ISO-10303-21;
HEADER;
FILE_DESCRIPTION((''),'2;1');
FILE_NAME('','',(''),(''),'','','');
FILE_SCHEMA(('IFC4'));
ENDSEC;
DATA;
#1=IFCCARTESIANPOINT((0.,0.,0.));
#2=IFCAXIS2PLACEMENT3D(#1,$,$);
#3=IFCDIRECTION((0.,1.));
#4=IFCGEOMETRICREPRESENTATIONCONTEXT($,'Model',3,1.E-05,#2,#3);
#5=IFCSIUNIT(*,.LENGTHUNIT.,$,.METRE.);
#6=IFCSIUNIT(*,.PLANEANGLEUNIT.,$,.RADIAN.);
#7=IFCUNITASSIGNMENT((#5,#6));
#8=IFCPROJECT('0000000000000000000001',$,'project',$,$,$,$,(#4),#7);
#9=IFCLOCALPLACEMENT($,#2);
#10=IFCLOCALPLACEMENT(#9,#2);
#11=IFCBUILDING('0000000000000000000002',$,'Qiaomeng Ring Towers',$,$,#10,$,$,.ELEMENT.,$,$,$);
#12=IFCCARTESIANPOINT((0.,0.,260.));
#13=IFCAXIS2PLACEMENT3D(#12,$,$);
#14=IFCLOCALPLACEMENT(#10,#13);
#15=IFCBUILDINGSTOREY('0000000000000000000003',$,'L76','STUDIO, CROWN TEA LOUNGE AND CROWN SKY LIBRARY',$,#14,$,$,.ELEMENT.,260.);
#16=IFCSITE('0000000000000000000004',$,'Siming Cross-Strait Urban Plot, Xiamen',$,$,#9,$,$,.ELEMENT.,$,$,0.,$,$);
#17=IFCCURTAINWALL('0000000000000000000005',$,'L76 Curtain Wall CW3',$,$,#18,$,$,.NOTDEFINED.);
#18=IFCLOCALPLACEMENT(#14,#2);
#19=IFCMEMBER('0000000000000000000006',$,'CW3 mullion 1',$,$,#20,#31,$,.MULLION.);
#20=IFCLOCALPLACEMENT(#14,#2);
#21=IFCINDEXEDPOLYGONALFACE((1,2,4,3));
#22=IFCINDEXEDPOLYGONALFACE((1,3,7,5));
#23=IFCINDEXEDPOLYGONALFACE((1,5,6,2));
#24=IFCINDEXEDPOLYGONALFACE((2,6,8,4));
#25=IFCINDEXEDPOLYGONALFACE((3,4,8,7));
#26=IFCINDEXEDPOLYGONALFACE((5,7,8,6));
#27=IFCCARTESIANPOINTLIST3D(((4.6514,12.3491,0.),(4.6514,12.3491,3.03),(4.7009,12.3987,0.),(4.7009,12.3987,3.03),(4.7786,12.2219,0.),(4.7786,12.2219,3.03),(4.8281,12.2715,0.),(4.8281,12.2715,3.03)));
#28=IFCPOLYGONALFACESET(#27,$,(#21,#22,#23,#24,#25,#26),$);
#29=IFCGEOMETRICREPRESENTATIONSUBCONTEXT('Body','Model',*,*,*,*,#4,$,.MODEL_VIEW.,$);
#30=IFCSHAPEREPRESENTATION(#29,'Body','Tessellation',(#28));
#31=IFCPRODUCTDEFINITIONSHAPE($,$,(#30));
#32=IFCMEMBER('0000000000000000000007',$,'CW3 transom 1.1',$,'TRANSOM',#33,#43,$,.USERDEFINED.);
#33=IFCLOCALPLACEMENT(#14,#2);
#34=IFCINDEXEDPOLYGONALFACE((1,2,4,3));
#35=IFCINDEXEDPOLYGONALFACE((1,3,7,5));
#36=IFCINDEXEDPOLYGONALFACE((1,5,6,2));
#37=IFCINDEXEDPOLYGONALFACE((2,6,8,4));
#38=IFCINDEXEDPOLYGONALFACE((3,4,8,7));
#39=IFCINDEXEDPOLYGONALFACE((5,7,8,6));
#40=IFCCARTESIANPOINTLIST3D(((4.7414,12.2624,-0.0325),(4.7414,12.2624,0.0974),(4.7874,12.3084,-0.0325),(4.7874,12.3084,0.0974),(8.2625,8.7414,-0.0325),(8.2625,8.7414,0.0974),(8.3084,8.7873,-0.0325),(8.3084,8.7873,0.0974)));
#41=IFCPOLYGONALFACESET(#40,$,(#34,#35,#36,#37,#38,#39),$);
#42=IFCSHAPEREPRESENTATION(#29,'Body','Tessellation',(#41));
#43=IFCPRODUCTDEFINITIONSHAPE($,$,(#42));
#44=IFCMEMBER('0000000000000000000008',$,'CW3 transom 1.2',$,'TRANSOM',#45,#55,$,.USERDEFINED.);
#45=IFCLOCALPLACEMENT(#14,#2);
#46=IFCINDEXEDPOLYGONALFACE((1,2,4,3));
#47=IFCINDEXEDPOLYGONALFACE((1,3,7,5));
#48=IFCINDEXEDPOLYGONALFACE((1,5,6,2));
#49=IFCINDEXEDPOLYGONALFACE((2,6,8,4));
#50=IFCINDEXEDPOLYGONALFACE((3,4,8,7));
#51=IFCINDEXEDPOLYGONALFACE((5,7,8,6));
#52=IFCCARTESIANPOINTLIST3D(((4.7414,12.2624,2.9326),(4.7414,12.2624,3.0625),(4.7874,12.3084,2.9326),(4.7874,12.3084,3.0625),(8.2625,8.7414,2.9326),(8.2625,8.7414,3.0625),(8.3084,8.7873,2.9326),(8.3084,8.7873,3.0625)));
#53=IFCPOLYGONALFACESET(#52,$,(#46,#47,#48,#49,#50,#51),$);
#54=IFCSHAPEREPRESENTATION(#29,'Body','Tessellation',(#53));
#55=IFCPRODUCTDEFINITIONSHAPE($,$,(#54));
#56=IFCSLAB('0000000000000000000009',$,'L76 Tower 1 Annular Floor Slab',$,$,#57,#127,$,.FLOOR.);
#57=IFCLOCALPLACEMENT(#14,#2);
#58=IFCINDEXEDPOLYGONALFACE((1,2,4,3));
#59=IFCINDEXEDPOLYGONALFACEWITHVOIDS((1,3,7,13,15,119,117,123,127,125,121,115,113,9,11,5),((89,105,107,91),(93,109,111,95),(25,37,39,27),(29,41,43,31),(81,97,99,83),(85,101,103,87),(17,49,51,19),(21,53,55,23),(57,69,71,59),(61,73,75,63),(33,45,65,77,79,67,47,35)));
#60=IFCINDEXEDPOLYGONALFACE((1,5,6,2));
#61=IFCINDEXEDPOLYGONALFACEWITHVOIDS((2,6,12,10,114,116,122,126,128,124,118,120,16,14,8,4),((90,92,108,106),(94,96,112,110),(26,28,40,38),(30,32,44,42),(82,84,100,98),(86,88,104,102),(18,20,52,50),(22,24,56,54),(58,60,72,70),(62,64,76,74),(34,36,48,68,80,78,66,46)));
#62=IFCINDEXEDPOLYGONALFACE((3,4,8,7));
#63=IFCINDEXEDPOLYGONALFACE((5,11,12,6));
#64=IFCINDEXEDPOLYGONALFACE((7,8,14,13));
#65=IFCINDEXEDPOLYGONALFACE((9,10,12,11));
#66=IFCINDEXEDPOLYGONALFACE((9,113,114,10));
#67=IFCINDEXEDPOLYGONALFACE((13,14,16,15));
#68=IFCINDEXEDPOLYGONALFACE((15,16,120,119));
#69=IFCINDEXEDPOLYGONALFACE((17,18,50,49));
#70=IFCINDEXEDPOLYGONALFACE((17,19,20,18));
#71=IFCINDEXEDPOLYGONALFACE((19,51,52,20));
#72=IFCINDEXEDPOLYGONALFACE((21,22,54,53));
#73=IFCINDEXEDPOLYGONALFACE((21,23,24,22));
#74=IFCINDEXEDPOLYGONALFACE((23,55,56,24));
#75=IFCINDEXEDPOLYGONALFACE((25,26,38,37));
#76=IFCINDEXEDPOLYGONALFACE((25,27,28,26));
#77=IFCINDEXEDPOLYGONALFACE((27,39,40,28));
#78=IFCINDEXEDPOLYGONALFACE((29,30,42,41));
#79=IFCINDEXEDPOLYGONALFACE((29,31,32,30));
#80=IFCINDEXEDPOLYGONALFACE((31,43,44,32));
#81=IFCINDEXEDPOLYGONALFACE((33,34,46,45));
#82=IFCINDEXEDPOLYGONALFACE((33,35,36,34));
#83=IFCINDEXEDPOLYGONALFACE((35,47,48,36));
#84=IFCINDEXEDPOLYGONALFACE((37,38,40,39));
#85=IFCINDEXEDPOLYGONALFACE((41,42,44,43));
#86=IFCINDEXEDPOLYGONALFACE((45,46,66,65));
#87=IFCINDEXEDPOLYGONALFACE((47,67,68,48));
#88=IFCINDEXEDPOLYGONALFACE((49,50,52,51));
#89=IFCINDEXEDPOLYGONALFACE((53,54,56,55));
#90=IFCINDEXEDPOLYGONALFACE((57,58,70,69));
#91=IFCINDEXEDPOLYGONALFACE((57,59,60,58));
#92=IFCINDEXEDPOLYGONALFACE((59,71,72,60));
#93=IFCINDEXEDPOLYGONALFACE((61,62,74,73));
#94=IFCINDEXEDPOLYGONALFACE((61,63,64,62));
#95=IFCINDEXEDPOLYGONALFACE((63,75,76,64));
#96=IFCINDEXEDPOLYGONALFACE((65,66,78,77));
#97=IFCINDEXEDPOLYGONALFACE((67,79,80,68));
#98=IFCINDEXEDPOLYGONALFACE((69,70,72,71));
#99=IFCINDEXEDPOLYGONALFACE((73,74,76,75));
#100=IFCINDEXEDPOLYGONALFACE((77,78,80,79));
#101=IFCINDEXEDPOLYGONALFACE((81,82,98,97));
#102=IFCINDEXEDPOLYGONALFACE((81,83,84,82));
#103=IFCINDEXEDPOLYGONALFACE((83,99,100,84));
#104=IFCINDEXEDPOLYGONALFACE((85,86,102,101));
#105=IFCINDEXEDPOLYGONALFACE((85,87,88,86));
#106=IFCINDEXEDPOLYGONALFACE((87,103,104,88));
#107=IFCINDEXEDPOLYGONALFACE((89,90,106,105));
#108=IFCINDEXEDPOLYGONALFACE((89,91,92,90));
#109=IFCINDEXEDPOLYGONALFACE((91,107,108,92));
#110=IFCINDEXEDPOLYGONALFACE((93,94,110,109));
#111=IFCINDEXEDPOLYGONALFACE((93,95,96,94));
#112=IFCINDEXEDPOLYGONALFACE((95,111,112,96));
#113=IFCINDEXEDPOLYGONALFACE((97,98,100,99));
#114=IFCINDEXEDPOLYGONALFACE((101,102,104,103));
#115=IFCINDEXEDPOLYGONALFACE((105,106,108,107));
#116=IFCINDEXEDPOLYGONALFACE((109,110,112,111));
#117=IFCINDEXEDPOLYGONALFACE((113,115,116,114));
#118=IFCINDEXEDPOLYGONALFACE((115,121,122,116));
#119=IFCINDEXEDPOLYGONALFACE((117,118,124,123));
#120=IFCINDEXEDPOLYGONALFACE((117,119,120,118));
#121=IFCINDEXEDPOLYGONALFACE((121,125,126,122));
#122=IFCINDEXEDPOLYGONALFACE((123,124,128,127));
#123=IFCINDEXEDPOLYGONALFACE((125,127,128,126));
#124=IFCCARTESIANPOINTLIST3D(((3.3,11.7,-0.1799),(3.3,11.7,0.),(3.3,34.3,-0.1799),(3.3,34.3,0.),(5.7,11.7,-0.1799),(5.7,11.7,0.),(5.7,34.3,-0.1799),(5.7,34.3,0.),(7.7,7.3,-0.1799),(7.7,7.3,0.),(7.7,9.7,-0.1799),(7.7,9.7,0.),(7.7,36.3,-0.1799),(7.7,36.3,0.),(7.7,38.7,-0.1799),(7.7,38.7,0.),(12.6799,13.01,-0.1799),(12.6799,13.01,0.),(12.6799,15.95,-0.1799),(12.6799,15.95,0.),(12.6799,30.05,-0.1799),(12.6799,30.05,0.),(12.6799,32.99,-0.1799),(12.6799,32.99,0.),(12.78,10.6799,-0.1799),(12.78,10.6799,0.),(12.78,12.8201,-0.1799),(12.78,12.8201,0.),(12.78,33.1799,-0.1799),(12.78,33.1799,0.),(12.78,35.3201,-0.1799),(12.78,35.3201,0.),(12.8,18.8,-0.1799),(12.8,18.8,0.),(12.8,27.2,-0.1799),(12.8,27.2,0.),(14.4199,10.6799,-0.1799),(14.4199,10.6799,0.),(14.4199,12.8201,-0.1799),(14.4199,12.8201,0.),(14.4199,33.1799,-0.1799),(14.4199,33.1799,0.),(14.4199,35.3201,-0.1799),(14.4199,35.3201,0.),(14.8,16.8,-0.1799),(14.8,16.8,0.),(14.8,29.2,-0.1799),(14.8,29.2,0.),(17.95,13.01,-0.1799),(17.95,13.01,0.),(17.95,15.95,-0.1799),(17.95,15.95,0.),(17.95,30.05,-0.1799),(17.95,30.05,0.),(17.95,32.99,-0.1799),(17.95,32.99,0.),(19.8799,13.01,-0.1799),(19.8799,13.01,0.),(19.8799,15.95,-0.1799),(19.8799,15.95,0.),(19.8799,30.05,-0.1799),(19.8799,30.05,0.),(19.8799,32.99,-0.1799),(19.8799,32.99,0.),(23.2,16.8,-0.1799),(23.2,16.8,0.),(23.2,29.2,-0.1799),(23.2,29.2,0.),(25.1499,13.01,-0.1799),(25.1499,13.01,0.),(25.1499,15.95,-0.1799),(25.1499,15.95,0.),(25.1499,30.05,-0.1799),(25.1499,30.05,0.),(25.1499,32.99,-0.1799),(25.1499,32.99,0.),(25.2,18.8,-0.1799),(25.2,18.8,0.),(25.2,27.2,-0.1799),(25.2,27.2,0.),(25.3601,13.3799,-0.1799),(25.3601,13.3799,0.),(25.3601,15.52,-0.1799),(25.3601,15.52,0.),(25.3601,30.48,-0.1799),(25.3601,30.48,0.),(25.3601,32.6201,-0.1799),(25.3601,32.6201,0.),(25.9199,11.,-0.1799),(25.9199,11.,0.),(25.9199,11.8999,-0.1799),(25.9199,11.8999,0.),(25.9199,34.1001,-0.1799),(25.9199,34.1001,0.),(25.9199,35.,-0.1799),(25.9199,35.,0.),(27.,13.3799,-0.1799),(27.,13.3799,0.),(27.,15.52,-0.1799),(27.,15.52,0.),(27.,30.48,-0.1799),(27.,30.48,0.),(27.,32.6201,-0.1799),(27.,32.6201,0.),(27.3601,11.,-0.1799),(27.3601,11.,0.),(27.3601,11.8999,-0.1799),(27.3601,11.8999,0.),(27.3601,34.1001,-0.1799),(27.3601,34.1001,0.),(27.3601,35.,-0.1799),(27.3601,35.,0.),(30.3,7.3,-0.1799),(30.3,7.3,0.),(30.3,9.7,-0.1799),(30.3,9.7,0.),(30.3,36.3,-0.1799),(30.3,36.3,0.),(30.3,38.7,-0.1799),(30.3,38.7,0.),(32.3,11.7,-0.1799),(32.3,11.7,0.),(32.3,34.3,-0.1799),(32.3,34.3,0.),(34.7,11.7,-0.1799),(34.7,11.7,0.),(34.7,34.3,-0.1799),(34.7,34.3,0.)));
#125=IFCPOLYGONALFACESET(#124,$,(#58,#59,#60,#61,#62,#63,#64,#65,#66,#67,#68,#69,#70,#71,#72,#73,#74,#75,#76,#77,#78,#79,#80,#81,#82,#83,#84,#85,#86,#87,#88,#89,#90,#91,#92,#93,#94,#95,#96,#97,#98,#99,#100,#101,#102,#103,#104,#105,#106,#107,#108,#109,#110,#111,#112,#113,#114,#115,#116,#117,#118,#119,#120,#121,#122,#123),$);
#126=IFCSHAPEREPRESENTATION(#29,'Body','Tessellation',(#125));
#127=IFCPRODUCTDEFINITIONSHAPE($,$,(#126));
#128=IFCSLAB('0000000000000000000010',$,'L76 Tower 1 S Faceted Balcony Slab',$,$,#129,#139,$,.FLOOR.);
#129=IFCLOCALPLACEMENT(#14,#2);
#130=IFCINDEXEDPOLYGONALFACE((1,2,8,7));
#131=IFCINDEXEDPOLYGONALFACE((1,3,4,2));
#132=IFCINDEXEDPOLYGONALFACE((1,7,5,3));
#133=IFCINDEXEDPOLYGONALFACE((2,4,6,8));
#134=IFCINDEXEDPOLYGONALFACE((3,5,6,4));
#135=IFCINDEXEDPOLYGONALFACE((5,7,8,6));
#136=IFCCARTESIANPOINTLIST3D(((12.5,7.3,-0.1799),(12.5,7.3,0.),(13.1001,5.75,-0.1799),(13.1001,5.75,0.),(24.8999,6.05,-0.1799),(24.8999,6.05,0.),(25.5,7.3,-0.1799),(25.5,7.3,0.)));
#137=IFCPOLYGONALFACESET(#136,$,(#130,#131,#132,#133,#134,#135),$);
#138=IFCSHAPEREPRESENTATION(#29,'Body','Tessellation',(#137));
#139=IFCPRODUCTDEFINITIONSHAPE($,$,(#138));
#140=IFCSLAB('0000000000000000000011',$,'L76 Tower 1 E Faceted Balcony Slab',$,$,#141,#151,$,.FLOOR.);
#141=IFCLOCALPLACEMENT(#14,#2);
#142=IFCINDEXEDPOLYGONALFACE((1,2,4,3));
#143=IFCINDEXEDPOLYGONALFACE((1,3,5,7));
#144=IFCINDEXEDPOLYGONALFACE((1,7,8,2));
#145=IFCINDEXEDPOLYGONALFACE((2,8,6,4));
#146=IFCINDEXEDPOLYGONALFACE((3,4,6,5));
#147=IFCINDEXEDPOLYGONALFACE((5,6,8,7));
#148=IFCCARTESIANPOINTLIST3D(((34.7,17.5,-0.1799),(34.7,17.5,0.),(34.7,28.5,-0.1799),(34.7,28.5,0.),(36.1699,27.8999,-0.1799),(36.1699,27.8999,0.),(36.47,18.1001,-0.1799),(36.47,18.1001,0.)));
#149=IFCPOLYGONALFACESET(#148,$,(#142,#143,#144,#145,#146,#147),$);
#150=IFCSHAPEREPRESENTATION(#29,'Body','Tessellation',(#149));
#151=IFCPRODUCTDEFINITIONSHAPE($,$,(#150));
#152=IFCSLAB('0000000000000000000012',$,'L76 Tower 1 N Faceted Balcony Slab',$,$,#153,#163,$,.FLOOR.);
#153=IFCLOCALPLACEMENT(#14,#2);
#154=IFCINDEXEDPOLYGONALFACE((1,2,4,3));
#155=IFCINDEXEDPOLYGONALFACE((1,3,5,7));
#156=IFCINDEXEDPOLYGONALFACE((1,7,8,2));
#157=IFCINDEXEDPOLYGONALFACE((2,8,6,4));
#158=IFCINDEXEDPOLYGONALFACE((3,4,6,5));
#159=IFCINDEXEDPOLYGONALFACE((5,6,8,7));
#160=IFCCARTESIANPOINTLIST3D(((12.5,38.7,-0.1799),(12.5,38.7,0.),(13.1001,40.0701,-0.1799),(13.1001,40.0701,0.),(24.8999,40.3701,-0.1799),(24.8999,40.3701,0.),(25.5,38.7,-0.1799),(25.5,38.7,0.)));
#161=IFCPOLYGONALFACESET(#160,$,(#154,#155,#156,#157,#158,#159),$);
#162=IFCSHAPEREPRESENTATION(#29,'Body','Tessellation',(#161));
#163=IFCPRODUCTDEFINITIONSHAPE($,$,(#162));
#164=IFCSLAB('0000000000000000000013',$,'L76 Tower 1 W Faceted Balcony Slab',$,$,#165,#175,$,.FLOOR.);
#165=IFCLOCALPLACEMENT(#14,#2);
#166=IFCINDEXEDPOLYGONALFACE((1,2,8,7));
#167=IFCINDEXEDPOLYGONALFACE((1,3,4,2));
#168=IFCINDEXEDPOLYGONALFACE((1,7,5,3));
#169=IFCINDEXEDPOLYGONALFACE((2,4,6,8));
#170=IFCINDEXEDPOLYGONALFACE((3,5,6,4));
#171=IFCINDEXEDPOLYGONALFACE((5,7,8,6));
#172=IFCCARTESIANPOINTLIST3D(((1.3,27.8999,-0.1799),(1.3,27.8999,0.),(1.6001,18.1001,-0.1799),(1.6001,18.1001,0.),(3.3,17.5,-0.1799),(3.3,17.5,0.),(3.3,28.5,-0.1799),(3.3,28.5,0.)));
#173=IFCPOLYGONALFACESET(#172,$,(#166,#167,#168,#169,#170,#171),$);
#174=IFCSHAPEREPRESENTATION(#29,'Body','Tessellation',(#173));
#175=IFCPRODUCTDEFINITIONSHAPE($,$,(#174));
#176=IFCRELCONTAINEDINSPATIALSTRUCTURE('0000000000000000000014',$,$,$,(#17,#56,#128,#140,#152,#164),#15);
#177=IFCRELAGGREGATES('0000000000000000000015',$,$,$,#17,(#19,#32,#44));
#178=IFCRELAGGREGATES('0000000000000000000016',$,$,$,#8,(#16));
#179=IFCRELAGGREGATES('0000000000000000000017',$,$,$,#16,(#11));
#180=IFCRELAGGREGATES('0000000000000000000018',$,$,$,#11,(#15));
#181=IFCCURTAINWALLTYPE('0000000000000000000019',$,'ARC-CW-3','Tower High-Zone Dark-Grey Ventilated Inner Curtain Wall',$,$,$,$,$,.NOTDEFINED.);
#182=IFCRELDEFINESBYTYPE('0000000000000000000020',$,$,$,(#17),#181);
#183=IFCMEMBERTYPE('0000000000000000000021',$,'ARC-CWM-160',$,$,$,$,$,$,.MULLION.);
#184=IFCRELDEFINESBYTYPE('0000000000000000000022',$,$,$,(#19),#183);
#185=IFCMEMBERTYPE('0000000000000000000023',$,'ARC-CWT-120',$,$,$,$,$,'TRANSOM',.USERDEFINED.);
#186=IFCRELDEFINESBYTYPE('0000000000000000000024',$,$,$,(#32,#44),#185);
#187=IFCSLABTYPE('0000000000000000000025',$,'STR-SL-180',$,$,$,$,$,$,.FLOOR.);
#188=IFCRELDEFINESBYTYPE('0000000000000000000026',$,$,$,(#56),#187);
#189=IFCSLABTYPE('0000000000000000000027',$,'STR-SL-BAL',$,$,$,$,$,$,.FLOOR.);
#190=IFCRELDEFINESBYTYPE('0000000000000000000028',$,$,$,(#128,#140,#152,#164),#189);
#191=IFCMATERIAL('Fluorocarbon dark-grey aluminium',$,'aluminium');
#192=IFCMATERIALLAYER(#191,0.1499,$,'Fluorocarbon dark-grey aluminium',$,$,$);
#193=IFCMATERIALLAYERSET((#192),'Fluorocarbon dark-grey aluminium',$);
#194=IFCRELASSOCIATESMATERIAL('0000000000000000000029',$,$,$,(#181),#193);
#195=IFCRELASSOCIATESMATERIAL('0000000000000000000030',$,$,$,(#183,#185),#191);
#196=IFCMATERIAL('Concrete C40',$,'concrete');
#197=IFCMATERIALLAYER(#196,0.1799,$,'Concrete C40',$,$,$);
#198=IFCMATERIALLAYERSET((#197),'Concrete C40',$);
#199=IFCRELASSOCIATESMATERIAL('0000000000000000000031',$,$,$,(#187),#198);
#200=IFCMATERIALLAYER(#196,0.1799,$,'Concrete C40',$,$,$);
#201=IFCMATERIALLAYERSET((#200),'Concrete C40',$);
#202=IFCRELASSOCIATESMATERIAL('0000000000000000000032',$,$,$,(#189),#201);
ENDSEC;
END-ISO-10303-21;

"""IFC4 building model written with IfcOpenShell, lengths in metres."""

from ifc_helpers import new_model, si_unit, direction, frame, origin, origin_2d, place, context, subcontext, project, spatial, polyline, rectangle, outline, extrude, source, transform, mapped, material, layer, layer_set, material_profile, profile_set, type_object, element, aggregate, save


model = new_model("IFC4")

# Units and contexts
model_context = context("Model", 3, precision=1e-05, world=origin(), true_north=direction((0.0, 1.0)))
body_context = subcontext(model_context, "Body", "Model", "MODEL_VIEW")
ifc_project = project(units=[si_unit("LENGTHUNIT", "METRE"), si_unit("PLANEANGLEUNIT", "RADIAN")], contexts=[model_context])

# Site, building, storey
site_placement = place(None, origin())
site = spatial("IfcSite", under=ifc_project, at=site_placement, Name="Siming Cross-Strait Urban Plot, Xiamen", CompositionType="ELEMENT", RefElevation=0.0)
building_placement = place(site_placement, origin())
building = spatial("IfcBuilding", under=site, at=building_placement, Name="Qiaomeng Ring Towers", CompositionType="ELEMENT")
storey_placement = place(building_placement, frame((0.0, 0.0, 260.0)))
storey = spatial("IfcBuildingStorey", under=building, at=storey_placement, Name="L76", Description="STUDIO, CROWN TEA LOUNGE AND CROWN SKY LIBRARY", CompositionType="ELEMENT", Elevation=260.0)

# Curtain wall, members
ifc_material_1 = material(Name="Fluorocarbon dark-grey aluminium", Category="aluminium")
ifc_layer_1 = layer(ifc_material_1, 0.1499, Name="Fluorocarbon dark-grey aluminium")
ifc_layer_set_1 = layer_set([ifc_layer_1], Name="Fluorocarbon dark-grey aluminium")
curtain_wall_type = type_object("IfcCurtainWallType", Name="ARC-CW-3", Description="Tower High-Zone Dark-Grey Ventilated Inner Curtain Wall", PredefinedType="NOTDEFINED", material=ifc_layer_set_1)
curtain_wall_placement = place(storey_placement, origin())
curtain_wall = element("IfcCurtainWall", 1, at=curtain_wall_placement, inside=storey, type_object=curtain_wall_type, Name="L76 Curtain Wall CW3", PredefinedType="NOTDEFINED")
ifc_material_profile_1 = material_profile(ifc_material_1, rectangle(XDim=0.0701, YDim=0.1799, at=origin_2d()), Name="ALU MULL 70x180")
ifc_profile_set_1 = profile_set([ifc_material_profile_1], Name="Fluorocarbon dark-grey aluminium")
member_type_1 = type_object("IfcMemberType", Name="ARC-CWM-160", PredefinedType="MULLION", material=ifc_profile_set_1)
shared_shape_1 = source(origin(), body_context, "Body", "SweptSolid", [
    extrude(rectangle(XDim=0.0701, YDim=0.1799, at=origin_2d()), origin(), (0.0, 0.0, 1.0), 3.03),
])
member_1_placement = place(storey_placement, frame((4.7397, 12.3103, 0.0), z_axis=(0.0, 0.0, 1.0), x_axis=(0.707107, 0.707107, 0.0)))
member_1 = element("IfcMember", 2, at=member_1_placement, type_object=member_type_1, Name="CW3 mullion 1", PredefinedType="MULLION", context=body_context, shape_type="MappedRepresentation", body=[
    mapped(shared_shape_1, transform((0.0, 0.0, 0.0), x_axis=(1.0, 0.0, 0.0), y_axis=(0.0, 1.0, 0.0), z_axis=(0.0, 0.0, 1.0), scale=1.0)),
])
ifc_material_profile_2 = material_profile(ifc_material_1, rectangle(XDim=0.0649, YDim=0.1299, at=origin_2d()), Name="ALU TRAN 65x130")
ifc_profile_set_2 = profile_set([ifc_material_profile_2], Name="Fluorocarbon dark-grey aluminium")
member_type_2 = type_object("IfcMemberType", Name="ARC-CWT-120", ElementType="TRANSOM", PredefinedType="USERDEFINED", material=ifc_profile_set_2)
shared_shape_2 = source(origin(), body_context, "Body", "SweptSolid", [
    extrude(rectangle(XDim=0.0649, YDim=0.1299, at=origin_2d()), origin(), (0.0, 0.0, 1.0), 4.9795),
])
member_2_placement = place(storey_placement, frame((4.7644, 12.2854, 0.0325), z_axis=(0.707107, -0.707107, 0.0), x_axis=(0.707107, 0.707107, 0.0)))
member_2 = element("IfcMember", 3, at=member_2_placement, type_object=member_type_2, Name="CW3 transom 1.1", ObjectType="TRANSOM", PredefinedType="USERDEFINED", context=body_context, shape_type="MappedRepresentation", body=[
    mapped(shared_shape_2, transform((0.0, 0.0, 0.0), x_axis=(1.0, 0.0, 0.0), y_axis=(0.0, 1.0, 0.0), z_axis=(0.0, 0.0, 1.0), scale=1.0)),
])
member_3_placement = place(storey_placement, frame((4.7644, 12.2854, 2.9976), z_axis=(0.707107, -0.707107, 0.0), x_axis=(0.707107, 0.707107, 0.0)))
member_3 = element("IfcMember", 4, at=member_3_placement, type_object=member_type_2, Name="CW3 transom 1.2", ObjectType="TRANSOM", PredefinedType="USERDEFINED", context=body_context, shape_type="MappedRepresentation", body=[
    mapped(shared_shape_2, transform((0.0, 0.0, 0.0), x_axis=(1.0, 0.0, 0.0), y_axis=(0.0, 1.0, 0.0), z_axis=(0.0, 0.0, 1.0), scale=1.0)),
])
aggregate(curtain_wall, [member_1, member_2, member_3])

# Slabs
ifc_material_2 = material(Name="Concrete C40", Category="concrete")
ifc_layer_2 = layer(ifc_material_2, 0.1799, Name="Concrete C40")
ifc_layer_set_2 = layer_set([ifc_layer_2], Name="Concrete C40")
slab_type_1 = type_object("IfcSlabType", Name="STR-SL-180", PredefinedType="FLOOR", material=ifc_layer_set_2)
slab_1_placement = place(storey_placement, frame((0.0, 0.0, -0.1799)))
element("IfcSlab", 5, at=slab_1_placement, inside=storey, type_object=slab_type_1, Name="L76 Tower 1 Annular Floor Slab", PredefinedType="FLOOR", context=body_context, shape_type="SweptSolid", body=[
    extrude(outline(polyline([(7.7, 7.3), (30.3, 7.3), (30.3, 9.7), (32.3, 11.7), (34.7, 11.7), (34.7, 34.3), (32.3, 34.3), (30.3, 36.3), (30.3, 38.7), (7.7, 38.7), (7.7, 36.3), (5.7, 34.3), (3.3, 34.3), (3.3, 11.7), (5.7, 11.7), (7.7, 9.7), (7.7, 7.3)]), holes=[polyline([(12.78, 10.6799), (12.78, 12.8201), (14.4199, 12.8201), (14.4199, 10.6799), (12.78, 10.6799)]), polyline([(12.6799, 13.01), (12.6799, 15.95), (17.95, 15.95), (17.95, 13.01), (12.6799, 13.01)]), polyline([(23.2, 29.2), (25.2, 27.2), (25.2, 18.8), (23.2, 16.8), (14.8, 16.8), (12.8, 18.8), (12.8, 27.2), (14.8, 29.2), (23.2, 29.2)]), polyline([(12.6799, 32.99), (17.95, 32.99), (17.95, 30.05), (12.6799, 30.05), (12.6799, 32.99)]), polyline([(19.8799, 32.99), (25.1499, 32.99), (25.1499, 30.05), (19.8799, 30.05), (19.8799, 32.99)]), polyline([(12.78, 33.1799), (12.78, 35.3201), (14.4199, 35.3201), (14.4199, 33.1799), (12.78, 33.1799)]), polyline([(25.9199, 11.8999), (27.3601, 11.8999), (27.3601, 11.0), (25.9199, 11.0), (25.9199, 11.8999)]), polyline([(25.3601, 15.52), (27.0, 15.52), (27.0, 13.3799), (25.3601, 13.3799), (25.3601, 15.52)]), polyline([(19.8799, 13.01), (19.8799, 15.95), (25.1499, 15.95), (25.1499, 13.01), (19.8799, 13.01)]), polyline([(25.3601, 32.6201), (27.0, 32.6201), (27.0, 30.48), (25.3601, 30.48), (25.3601, 32.6201)]), polyline([(25.9199, 35.0), (27.3601, 35.0), (27.3601, 34.1001), (25.9199, 34.1001), (25.9199, 35.0)])]), origin(), (0.0, 0.0, 1.0), 0.1799),
])
ifc_layer_3 = layer(ifc_material_2, 0.1799, Name="Concrete C40")
ifc_layer_set_3 = layer_set([ifc_layer_3], Name="Concrete C40")
slab_type_2 = type_object("IfcSlabType", Name="STR-SL-BAL", PredefinedType="FLOOR", material=ifc_layer_set_3)
slab_2_placement = place(storey_placement, frame((0.0, 0.0, -0.1799)))
element("IfcSlab", 6, at=slab_2_placement, inside=storey, type_object=slab_type_2, Name="L76 Tower 1 S Faceted Balcony Slab", PredefinedType="FLOOR", context=body_context, shape_type="SweptSolid", body=[
    extrude(outline(polyline([(24.8999, 6.05), (13.1001, 5.75), (12.5, 7.3), (25.5, 7.3), (24.8999, 6.05)])), origin(), (0.0, 0.0, 1.0), 0.1799),
])
slab_3_placement = place(storey_placement, frame((0.0, 0.0, -0.1799)))
element("IfcSlab", 7, at=slab_3_placement, inside=storey, type_object=slab_type_2, Name="L76 Tower 1 E Faceted Balcony Slab", PredefinedType="FLOOR", context=body_context, shape_type="SweptSolid", body=[
    extrude(outline(polyline([(36.1699, 27.8999), (36.47, 18.1001), (34.7, 17.5), (34.7, 28.5), (36.1699, 27.8999)])), origin(), (0.0, 0.0, 1.0), 0.1799),
])
slab_4_placement = place(storey_placement, frame((0.0, 0.0, -0.1799)))
element("IfcSlab", 8, at=slab_4_placement, inside=storey, type_object=slab_type_2, Name="L76 Tower 1 N Faceted Balcony Slab", PredefinedType="FLOOR", context=body_context, shape_type="SweptSolid", body=[
    extrude(outline(polyline([(12.5, 38.7), (13.1001, 40.0701), (24.8999, 40.3701), (25.5, 38.7), (12.5, 38.7)])), origin(), (0.0, 0.0, 1.0), 0.1799),
])
slab_5_placement = place(storey_placement, frame((0.0, 0.0, -0.1799)))
element("IfcSlab", 9, at=slab_5_placement, inside=storey, type_object=slab_type_2, Name="L76 Tower 1 W Faceted Balcony Slab", PredefinedType="FLOOR", context=body_context, shape_type="SweptSolid", body=[
    extrude(outline(polyline([(1.6001, 18.1001), (1.3, 27.8999), (3.3, 28.5), (3.3, 17.5), (1.6001, 18.1001)])), origin(), (0.0, 0.0, 1.0), 0.1799),
])

save(model, "model.ifc")
